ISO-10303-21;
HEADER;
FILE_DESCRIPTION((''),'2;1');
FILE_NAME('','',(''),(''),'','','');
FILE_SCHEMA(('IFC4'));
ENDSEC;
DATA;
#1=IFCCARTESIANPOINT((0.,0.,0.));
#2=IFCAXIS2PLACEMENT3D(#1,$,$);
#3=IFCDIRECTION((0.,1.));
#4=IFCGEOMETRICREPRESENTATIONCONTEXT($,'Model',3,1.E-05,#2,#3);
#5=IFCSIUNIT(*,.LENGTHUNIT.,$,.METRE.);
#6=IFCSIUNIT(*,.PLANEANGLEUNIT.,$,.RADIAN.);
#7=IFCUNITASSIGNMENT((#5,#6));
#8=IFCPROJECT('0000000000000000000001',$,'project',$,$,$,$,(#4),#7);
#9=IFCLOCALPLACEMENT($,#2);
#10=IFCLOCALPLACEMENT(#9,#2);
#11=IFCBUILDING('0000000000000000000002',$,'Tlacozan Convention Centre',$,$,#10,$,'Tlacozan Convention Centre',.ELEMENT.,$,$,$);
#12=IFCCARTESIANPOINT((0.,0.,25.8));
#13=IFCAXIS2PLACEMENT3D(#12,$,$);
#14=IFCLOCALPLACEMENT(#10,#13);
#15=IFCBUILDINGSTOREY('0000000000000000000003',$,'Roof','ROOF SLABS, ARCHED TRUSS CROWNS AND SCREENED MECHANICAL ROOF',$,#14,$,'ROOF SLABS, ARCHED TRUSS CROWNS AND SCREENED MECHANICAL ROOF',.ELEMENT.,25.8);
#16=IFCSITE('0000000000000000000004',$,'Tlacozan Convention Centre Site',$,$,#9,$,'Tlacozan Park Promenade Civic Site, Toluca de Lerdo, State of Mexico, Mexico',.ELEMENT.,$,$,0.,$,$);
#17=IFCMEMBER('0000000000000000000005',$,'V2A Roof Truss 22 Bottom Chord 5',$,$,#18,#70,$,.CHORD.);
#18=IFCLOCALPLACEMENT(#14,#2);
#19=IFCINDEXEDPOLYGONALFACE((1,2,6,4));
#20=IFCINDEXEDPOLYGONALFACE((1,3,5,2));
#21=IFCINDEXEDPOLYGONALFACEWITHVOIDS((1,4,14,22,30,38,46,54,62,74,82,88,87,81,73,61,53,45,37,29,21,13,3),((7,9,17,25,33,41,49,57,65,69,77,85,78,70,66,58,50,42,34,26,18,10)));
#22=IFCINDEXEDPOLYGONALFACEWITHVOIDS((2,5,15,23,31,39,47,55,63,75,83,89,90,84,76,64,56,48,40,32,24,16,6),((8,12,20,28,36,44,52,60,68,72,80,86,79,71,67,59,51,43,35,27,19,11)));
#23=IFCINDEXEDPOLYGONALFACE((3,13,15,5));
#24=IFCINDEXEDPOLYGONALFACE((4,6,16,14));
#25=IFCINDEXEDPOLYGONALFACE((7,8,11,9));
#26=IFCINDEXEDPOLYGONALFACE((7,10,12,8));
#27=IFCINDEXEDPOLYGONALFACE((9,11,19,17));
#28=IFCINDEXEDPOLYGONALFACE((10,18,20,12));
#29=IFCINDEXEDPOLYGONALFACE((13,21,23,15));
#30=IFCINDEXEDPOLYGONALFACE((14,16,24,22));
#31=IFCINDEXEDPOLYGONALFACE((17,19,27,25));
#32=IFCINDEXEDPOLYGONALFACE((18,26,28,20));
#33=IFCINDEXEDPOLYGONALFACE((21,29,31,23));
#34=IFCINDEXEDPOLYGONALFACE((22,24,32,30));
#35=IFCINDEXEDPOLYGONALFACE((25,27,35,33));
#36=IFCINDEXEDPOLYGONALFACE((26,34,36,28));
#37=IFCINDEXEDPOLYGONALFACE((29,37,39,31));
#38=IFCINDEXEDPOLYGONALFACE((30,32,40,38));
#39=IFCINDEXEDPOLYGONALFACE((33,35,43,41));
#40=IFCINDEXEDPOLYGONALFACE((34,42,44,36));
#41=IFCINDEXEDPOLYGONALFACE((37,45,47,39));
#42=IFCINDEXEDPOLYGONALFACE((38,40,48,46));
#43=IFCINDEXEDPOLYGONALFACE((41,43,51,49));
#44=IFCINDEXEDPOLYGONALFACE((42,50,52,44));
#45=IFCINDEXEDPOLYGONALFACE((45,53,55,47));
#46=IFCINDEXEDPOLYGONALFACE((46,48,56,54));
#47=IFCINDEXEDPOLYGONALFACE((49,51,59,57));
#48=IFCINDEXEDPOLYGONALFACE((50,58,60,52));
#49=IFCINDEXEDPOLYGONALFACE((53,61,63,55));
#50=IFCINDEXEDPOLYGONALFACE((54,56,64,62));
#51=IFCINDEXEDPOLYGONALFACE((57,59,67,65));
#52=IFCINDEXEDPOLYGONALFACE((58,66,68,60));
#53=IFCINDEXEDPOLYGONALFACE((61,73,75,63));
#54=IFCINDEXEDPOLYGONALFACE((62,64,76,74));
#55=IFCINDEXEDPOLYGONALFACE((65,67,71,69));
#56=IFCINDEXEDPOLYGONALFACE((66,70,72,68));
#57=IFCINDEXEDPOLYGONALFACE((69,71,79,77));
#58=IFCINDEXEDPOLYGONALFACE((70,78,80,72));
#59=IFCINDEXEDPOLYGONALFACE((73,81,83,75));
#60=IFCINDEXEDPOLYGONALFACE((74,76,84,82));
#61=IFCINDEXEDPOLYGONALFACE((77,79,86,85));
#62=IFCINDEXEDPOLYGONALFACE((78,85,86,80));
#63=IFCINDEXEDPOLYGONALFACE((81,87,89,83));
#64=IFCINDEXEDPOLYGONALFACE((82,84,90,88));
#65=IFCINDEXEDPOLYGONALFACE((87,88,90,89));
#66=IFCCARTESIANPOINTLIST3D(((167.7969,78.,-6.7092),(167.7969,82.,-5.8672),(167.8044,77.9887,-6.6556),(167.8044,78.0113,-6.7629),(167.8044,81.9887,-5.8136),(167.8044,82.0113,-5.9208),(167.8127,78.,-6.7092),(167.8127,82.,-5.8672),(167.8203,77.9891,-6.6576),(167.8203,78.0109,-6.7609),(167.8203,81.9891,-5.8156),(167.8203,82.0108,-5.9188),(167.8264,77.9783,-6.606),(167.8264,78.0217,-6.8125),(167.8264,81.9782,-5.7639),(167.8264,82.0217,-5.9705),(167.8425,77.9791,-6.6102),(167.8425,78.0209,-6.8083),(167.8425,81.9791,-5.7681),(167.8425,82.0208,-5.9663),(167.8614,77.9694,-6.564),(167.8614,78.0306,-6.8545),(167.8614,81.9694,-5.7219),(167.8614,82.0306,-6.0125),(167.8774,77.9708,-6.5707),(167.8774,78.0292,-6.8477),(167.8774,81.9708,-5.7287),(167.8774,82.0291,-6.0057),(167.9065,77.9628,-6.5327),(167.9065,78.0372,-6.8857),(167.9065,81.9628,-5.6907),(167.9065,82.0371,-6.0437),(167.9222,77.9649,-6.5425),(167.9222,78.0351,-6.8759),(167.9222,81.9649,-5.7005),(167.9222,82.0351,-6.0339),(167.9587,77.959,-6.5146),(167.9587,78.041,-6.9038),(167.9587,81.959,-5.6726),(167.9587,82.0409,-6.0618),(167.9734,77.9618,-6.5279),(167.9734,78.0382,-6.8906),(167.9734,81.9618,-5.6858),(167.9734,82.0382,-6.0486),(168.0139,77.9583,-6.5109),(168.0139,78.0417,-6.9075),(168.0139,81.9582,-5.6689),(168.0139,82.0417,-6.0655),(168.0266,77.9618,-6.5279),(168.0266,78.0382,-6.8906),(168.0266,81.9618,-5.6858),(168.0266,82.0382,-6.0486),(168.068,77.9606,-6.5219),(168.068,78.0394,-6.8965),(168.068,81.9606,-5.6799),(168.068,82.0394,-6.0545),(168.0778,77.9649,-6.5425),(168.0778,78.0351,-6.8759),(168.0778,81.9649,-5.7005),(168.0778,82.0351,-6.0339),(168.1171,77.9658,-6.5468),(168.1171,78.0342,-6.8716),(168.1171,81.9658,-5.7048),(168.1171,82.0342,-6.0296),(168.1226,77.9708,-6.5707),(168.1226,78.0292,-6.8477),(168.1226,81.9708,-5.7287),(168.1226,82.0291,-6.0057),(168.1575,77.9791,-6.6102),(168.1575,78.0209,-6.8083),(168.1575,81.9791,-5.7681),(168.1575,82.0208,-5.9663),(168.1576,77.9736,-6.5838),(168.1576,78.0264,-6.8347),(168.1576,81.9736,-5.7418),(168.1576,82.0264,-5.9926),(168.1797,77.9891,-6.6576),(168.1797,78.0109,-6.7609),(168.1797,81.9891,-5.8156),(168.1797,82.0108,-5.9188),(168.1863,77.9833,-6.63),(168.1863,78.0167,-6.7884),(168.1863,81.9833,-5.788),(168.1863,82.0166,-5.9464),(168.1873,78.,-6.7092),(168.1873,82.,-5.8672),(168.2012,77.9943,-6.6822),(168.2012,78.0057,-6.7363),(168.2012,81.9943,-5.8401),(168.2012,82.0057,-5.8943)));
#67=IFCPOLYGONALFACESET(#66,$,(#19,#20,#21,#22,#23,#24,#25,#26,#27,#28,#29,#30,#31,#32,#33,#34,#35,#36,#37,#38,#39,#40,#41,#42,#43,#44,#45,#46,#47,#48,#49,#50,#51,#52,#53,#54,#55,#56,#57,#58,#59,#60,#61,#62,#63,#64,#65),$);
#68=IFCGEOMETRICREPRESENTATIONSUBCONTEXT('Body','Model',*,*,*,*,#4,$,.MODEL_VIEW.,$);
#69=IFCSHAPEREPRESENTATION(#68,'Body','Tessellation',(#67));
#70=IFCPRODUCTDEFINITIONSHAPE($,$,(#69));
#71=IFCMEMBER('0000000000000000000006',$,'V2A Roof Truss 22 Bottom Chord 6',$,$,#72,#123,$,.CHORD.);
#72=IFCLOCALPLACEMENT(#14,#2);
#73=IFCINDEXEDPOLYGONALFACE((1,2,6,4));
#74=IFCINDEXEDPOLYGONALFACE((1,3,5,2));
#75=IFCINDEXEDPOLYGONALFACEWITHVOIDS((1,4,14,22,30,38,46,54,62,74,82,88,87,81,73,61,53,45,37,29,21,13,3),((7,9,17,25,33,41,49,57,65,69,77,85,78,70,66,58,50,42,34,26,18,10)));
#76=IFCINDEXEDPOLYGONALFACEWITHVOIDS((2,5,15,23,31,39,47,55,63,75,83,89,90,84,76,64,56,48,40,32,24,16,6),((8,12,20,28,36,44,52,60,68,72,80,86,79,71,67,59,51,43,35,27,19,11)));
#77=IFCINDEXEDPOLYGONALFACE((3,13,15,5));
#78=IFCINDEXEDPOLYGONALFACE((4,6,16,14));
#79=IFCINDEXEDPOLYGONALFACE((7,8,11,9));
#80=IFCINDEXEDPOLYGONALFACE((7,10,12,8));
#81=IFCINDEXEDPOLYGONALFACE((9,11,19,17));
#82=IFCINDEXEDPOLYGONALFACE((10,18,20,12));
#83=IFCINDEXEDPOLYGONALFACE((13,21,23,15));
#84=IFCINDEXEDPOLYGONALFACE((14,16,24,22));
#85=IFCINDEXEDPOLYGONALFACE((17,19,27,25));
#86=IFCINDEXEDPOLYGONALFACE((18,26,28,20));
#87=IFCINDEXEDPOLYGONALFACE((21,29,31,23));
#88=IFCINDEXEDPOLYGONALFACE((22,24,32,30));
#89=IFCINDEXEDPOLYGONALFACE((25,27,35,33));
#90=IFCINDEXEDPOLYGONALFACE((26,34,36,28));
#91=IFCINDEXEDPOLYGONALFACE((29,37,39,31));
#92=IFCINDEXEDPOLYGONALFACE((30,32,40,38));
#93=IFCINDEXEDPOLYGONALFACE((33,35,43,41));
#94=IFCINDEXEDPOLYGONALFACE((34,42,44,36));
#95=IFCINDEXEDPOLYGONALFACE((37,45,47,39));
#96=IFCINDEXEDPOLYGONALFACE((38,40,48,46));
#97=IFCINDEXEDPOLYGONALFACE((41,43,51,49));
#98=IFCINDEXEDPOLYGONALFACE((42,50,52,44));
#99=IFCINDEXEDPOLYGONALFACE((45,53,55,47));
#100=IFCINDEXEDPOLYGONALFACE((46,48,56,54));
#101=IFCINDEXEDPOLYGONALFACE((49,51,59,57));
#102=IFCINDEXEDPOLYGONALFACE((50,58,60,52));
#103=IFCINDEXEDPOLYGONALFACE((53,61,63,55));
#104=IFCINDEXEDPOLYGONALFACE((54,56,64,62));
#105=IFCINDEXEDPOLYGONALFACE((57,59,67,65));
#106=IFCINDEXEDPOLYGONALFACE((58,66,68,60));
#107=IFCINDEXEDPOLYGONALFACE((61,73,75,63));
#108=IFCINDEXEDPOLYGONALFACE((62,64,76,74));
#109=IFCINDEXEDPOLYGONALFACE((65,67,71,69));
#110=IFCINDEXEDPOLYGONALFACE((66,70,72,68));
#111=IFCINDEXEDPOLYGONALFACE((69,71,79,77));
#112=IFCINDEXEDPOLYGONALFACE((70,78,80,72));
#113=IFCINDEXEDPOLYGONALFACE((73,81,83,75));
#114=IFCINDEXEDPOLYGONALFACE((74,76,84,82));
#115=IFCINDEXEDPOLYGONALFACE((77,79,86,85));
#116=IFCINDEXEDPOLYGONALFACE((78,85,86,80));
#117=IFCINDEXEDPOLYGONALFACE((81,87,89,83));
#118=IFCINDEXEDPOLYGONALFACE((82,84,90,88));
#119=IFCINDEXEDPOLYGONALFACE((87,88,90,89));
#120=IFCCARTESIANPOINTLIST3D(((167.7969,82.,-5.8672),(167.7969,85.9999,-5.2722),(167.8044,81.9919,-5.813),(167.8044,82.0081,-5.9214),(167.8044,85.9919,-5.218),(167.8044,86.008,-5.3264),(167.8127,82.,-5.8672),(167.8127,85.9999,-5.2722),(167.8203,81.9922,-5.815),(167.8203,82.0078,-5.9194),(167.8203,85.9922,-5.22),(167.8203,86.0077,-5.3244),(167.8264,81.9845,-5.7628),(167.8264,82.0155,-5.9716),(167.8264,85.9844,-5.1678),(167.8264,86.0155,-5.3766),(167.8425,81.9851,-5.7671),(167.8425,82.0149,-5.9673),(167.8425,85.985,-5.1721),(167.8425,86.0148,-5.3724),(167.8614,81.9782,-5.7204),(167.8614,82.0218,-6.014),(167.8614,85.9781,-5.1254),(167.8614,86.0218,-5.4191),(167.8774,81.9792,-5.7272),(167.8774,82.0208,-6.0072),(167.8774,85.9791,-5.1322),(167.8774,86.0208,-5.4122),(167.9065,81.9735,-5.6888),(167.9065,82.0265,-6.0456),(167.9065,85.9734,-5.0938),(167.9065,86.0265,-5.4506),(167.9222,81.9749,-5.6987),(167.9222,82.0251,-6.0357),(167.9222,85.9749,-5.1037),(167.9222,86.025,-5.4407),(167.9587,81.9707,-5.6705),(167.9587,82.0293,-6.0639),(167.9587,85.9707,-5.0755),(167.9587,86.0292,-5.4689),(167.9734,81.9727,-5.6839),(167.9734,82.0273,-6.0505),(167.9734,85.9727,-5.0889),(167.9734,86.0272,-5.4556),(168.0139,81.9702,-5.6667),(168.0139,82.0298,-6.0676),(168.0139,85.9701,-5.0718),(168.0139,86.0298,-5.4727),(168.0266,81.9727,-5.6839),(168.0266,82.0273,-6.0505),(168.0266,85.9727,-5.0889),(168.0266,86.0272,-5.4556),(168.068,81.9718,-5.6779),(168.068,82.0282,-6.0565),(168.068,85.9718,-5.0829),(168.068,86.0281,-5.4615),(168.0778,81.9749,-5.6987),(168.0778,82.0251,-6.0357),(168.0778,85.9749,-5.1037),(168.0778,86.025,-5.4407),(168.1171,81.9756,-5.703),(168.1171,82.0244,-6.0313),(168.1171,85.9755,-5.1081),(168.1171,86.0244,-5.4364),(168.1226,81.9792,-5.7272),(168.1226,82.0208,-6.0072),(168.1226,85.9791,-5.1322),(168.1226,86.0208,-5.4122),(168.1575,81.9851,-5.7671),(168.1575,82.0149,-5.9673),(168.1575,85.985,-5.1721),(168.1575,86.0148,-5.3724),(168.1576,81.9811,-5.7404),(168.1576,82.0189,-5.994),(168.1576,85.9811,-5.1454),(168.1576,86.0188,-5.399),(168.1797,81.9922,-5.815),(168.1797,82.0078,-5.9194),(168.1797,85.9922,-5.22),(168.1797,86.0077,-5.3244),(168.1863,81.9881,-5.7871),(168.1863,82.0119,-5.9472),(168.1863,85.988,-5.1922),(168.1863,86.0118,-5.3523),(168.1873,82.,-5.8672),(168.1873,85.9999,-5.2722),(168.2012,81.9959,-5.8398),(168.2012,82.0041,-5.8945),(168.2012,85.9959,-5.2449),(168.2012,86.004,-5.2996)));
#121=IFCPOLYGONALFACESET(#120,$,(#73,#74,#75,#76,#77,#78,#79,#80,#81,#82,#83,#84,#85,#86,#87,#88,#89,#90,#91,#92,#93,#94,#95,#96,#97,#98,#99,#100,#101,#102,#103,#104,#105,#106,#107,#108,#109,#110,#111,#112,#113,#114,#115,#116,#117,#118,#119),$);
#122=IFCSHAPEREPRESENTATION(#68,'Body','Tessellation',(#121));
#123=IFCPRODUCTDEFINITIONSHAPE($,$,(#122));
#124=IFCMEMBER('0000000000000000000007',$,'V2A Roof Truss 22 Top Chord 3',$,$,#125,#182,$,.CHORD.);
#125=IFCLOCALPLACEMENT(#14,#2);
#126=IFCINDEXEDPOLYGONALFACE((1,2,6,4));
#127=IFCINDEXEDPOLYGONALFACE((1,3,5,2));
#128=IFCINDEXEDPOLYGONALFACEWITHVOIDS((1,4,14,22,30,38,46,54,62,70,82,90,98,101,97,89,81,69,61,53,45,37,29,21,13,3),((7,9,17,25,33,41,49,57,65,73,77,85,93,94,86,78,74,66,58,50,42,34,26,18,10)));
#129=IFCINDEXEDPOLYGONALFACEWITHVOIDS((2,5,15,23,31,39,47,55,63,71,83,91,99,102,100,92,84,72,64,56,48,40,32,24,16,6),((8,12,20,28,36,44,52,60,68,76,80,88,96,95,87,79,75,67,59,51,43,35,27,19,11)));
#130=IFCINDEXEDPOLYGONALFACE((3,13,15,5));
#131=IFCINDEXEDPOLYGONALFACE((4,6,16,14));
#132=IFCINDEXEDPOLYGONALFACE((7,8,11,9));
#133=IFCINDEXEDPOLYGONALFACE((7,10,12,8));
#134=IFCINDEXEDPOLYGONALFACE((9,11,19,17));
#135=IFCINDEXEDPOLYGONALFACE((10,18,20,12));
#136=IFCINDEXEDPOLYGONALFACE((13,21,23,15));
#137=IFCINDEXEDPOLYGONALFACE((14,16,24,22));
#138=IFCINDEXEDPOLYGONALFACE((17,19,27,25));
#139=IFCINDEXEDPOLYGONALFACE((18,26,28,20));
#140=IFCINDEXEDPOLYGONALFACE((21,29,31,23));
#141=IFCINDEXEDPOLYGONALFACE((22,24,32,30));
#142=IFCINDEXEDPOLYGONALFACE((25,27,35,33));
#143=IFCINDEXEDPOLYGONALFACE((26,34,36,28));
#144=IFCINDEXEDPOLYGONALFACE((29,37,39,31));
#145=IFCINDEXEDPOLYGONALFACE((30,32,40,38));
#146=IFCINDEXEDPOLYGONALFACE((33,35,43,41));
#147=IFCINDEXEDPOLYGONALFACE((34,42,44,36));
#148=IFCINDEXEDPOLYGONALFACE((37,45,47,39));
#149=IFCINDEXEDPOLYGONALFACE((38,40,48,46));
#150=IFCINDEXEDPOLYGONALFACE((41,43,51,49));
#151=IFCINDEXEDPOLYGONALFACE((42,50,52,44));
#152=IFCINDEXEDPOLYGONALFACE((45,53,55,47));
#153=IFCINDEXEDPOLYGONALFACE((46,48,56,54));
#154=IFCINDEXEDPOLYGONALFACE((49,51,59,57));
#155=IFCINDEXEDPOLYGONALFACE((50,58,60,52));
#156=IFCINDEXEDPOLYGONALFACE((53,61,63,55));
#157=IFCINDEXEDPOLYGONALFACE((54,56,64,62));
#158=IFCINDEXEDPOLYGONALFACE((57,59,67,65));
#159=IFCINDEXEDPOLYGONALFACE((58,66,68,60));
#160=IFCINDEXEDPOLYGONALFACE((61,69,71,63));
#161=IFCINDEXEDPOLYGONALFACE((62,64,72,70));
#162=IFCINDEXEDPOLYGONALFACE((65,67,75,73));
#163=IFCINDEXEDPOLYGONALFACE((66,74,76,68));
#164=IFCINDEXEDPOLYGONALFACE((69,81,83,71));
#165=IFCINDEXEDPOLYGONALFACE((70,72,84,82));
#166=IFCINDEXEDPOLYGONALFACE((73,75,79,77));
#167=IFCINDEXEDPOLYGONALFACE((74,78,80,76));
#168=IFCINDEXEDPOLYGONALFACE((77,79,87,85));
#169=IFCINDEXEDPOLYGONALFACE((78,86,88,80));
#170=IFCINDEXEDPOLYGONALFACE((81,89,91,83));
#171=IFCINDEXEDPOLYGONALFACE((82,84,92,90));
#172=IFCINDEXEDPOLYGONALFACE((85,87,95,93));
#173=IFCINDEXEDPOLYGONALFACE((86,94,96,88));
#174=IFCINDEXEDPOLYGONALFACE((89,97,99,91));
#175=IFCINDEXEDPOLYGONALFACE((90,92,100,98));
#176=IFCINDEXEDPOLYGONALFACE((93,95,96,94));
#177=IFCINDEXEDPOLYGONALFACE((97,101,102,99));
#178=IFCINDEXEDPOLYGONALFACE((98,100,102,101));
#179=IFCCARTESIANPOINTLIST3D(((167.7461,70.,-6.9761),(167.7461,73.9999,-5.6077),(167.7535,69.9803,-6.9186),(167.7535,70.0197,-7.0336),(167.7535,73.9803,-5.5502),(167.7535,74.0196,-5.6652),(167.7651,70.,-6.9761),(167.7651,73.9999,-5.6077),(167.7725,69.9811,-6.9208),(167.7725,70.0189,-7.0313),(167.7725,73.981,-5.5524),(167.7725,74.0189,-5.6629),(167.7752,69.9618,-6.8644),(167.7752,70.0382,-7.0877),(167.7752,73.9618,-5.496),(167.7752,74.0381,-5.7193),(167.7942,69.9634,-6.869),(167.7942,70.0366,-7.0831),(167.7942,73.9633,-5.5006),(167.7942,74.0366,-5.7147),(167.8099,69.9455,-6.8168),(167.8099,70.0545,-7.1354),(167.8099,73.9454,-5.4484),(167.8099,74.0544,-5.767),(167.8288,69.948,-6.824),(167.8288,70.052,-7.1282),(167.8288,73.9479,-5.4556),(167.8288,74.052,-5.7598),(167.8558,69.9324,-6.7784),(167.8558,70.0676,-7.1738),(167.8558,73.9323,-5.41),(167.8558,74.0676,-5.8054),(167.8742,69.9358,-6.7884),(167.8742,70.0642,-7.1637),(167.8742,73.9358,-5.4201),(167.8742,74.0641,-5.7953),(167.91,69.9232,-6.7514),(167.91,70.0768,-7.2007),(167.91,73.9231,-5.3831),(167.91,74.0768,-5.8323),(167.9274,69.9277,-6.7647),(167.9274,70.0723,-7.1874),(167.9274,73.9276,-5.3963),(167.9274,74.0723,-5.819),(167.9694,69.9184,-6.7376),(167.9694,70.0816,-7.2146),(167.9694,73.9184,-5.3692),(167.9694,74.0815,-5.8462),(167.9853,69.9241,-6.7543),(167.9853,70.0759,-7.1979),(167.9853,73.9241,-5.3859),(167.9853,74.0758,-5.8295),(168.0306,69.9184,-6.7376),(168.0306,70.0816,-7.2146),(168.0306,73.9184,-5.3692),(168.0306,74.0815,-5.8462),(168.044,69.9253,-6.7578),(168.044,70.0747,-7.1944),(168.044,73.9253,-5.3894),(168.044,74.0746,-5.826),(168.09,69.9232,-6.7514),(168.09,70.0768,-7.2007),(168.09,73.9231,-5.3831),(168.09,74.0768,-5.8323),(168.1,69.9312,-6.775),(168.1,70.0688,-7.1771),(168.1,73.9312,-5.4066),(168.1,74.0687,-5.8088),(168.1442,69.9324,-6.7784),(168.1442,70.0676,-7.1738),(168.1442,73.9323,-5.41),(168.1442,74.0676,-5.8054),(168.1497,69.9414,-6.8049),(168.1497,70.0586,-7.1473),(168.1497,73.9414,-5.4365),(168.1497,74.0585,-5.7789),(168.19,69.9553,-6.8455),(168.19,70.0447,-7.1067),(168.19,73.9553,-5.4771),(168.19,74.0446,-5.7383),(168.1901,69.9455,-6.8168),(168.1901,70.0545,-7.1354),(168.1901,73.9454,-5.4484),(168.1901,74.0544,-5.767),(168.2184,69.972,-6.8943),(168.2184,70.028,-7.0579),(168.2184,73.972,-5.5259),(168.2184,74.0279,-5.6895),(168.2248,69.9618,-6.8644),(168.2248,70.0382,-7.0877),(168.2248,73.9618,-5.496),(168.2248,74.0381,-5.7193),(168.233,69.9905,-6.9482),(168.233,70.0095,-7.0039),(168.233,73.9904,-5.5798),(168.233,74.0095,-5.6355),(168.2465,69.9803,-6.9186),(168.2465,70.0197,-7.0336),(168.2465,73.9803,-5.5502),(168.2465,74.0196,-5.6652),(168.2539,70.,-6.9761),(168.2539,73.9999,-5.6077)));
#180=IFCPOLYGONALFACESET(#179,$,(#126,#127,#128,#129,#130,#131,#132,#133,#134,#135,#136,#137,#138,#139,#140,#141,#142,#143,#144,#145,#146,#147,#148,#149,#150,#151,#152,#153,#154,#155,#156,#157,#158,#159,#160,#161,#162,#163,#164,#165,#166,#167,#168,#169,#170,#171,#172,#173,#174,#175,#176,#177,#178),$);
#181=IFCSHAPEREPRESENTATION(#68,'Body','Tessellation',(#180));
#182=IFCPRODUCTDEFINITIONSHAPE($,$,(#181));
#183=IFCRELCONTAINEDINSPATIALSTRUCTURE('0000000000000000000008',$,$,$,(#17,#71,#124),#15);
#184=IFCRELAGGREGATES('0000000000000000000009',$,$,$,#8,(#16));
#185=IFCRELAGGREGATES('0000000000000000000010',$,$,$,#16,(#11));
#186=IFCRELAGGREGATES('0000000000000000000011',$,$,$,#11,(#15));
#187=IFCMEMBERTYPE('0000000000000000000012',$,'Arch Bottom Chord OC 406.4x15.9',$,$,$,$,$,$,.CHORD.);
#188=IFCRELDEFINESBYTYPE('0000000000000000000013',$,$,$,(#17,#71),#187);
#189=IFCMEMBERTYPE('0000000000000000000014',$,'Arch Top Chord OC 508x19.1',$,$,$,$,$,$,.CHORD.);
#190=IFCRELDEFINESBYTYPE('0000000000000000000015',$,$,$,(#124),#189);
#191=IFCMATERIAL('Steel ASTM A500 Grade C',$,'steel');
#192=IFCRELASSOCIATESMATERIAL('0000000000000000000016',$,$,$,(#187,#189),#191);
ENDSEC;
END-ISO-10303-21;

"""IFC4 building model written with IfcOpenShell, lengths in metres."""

from ifc_helpers import new_model, si_unit, direction, frame, origin, origin_2d, place, context, subcontext, project, spatial, hollow_circle, extrude, material, material_profile, profile_set, type_object, element, save


model = new_model("IFC4")

# Units and contexts
model_context = context("Model", 3, precision=1e-05, world=origin(), true_north=direction((0.0, 1.0)))
body_context = subcontext(model_context, "Body", "Model", "MODEL_VIEW")
ifc_project = project(units=[si_unit("LENGTHUNIT", "METRE"), si_unit("PLANEANGLEUNIT", "RADIAN")], contexts=[model_context])

# Site, building, storey
site_placement = place(None, origin())
site = spatial("IfcSite", under=ifc_project, at=site_placement, Name="Tlacozan Convention Centre Site", LongName="Tlacozan Park Promenade Civic Site, Toluca de Lerdo, State of Mexico, Mexico", CompositionType="ELEMENT", RefElevation=0.0)
building_placement = place(site_placement, origin())
building = spatial("IfcBuilding", under=site, at=building_placement, Name="Tlacozan Convention Centre", LongName="Tlacozan Convention Centre", CompositionType="ELEMENT")
storey_placement = place(building_placement, frame((0.0, 0.0, 25.8)))
storey = spatial("IfcBuildingStorey", under=building, at=storey_placement, Name="Roof", Description="ROOF SLABS, ARCHED TRUSS CROWNS AND SCREENED MECHANICAL ROOF", LongName="ROOF SLABS, ARCHED TRUSS CROWNS AND SCREENED MECHANICAL ROOF", CompositionType="ELEMENT", Elevation=25.8)

# Members
ifc_material_1 = material(Name="Steel ASTM A500 Grade C", Category="steel")
ifc_material_profile_1 = material_profile(ifc_material_1, hollow_circle(Radius=0.2031, WallThickness=0.0159, at=origin_2d()), Name="OC 406.4x15.9")
ifc_profile_set_1 = profile_set([ifc_material_profile_1], Name="Steel ASTM A500 Grade C")
member_type_1 = type_object("IfcMemberType", Name="Arch Bottom Chord OC 406.4x15.9", PredefinedType="CHORD", material=ifc_profile_set_1)
member_1_placement = place(storey_placement, frame((168.0, 78.0, -6.7092), z_axis=(0.0, 0.978553, 0.205995), x_axis=(-1.0, 0.0, 0.0)))
element("IfcMember", 1, at=member_1_placement, inside=storey, type_object=member_type_1, Name="V2A Roof Truss 22 Bottom Chord 5", PredefinedType="CHORD", context=body_context, shape_type="SweptSolid", body=[
    extrude(hollow_circle(Radius=0.2031, WallThickness=0.0159, at=origin_2d()), origin(), (0.0, 0.0, 1.0), 4.0876),
])
member_2_placement = place(storey_placement, frame((168.0, 82.0, -5.8672), z_axis=(0.0, 0.989118, 0.147124), x_axis=(-1.0, 0.0, 0.0)))
element("IfcMember", 2, at=member_2_placement, inside=storey, type_object=member_type_1, Name="V2A Roof Truss 22 Bottom Chord 6", PredefinedType="CHORD", context=body_context, shape_type="SweptSolid", body=[
    extrude(hollow_circle(Radius=0.2031, WallThickness=0.0159, at=origin_2d()), origin(), (0.0, 0.0, 1.0), 4.0439),
])
ifc_material_profile_2 = material_profile(ifc_material_1, hollow_circle(Radius=0.2539, WallThickness=0.019, at=origin_2d()), Name="OC 508.0x19.1")
ifc_profile_set_2 = profile_set([ifc_material_profile_2], Name="Steel ASTM A500 Grade C")
member_type_2 = type_object("IfcMemberType", Name="Arch Top Chord OC 508x19.1", PredefinedType="CHORD", material=ifc_profile_set_2)
member_3_placement = place(storey_placement, frame((168.0, 70.0, -6.9761), z_axis=(0.0, 0.946165, 0.323685), x_axis=(-1.0, 0.0, 0.0)))
element("IfcMember", 3, at=member_3_placement, inside=storey, type_object=member_type_2, Name="V2A Roof Truss 22 Top Chord 3", PredefinedType="CHORD", context=body_context, shape_type="SweptSolid", body=[
    extrude(hollow_circle(Radius=0.2539, WallThickness=0.019, at=origin_2d()), origin(), (0.0, 0.0, 1.0), 4.2275),
])

save(model, "model.ifc")
